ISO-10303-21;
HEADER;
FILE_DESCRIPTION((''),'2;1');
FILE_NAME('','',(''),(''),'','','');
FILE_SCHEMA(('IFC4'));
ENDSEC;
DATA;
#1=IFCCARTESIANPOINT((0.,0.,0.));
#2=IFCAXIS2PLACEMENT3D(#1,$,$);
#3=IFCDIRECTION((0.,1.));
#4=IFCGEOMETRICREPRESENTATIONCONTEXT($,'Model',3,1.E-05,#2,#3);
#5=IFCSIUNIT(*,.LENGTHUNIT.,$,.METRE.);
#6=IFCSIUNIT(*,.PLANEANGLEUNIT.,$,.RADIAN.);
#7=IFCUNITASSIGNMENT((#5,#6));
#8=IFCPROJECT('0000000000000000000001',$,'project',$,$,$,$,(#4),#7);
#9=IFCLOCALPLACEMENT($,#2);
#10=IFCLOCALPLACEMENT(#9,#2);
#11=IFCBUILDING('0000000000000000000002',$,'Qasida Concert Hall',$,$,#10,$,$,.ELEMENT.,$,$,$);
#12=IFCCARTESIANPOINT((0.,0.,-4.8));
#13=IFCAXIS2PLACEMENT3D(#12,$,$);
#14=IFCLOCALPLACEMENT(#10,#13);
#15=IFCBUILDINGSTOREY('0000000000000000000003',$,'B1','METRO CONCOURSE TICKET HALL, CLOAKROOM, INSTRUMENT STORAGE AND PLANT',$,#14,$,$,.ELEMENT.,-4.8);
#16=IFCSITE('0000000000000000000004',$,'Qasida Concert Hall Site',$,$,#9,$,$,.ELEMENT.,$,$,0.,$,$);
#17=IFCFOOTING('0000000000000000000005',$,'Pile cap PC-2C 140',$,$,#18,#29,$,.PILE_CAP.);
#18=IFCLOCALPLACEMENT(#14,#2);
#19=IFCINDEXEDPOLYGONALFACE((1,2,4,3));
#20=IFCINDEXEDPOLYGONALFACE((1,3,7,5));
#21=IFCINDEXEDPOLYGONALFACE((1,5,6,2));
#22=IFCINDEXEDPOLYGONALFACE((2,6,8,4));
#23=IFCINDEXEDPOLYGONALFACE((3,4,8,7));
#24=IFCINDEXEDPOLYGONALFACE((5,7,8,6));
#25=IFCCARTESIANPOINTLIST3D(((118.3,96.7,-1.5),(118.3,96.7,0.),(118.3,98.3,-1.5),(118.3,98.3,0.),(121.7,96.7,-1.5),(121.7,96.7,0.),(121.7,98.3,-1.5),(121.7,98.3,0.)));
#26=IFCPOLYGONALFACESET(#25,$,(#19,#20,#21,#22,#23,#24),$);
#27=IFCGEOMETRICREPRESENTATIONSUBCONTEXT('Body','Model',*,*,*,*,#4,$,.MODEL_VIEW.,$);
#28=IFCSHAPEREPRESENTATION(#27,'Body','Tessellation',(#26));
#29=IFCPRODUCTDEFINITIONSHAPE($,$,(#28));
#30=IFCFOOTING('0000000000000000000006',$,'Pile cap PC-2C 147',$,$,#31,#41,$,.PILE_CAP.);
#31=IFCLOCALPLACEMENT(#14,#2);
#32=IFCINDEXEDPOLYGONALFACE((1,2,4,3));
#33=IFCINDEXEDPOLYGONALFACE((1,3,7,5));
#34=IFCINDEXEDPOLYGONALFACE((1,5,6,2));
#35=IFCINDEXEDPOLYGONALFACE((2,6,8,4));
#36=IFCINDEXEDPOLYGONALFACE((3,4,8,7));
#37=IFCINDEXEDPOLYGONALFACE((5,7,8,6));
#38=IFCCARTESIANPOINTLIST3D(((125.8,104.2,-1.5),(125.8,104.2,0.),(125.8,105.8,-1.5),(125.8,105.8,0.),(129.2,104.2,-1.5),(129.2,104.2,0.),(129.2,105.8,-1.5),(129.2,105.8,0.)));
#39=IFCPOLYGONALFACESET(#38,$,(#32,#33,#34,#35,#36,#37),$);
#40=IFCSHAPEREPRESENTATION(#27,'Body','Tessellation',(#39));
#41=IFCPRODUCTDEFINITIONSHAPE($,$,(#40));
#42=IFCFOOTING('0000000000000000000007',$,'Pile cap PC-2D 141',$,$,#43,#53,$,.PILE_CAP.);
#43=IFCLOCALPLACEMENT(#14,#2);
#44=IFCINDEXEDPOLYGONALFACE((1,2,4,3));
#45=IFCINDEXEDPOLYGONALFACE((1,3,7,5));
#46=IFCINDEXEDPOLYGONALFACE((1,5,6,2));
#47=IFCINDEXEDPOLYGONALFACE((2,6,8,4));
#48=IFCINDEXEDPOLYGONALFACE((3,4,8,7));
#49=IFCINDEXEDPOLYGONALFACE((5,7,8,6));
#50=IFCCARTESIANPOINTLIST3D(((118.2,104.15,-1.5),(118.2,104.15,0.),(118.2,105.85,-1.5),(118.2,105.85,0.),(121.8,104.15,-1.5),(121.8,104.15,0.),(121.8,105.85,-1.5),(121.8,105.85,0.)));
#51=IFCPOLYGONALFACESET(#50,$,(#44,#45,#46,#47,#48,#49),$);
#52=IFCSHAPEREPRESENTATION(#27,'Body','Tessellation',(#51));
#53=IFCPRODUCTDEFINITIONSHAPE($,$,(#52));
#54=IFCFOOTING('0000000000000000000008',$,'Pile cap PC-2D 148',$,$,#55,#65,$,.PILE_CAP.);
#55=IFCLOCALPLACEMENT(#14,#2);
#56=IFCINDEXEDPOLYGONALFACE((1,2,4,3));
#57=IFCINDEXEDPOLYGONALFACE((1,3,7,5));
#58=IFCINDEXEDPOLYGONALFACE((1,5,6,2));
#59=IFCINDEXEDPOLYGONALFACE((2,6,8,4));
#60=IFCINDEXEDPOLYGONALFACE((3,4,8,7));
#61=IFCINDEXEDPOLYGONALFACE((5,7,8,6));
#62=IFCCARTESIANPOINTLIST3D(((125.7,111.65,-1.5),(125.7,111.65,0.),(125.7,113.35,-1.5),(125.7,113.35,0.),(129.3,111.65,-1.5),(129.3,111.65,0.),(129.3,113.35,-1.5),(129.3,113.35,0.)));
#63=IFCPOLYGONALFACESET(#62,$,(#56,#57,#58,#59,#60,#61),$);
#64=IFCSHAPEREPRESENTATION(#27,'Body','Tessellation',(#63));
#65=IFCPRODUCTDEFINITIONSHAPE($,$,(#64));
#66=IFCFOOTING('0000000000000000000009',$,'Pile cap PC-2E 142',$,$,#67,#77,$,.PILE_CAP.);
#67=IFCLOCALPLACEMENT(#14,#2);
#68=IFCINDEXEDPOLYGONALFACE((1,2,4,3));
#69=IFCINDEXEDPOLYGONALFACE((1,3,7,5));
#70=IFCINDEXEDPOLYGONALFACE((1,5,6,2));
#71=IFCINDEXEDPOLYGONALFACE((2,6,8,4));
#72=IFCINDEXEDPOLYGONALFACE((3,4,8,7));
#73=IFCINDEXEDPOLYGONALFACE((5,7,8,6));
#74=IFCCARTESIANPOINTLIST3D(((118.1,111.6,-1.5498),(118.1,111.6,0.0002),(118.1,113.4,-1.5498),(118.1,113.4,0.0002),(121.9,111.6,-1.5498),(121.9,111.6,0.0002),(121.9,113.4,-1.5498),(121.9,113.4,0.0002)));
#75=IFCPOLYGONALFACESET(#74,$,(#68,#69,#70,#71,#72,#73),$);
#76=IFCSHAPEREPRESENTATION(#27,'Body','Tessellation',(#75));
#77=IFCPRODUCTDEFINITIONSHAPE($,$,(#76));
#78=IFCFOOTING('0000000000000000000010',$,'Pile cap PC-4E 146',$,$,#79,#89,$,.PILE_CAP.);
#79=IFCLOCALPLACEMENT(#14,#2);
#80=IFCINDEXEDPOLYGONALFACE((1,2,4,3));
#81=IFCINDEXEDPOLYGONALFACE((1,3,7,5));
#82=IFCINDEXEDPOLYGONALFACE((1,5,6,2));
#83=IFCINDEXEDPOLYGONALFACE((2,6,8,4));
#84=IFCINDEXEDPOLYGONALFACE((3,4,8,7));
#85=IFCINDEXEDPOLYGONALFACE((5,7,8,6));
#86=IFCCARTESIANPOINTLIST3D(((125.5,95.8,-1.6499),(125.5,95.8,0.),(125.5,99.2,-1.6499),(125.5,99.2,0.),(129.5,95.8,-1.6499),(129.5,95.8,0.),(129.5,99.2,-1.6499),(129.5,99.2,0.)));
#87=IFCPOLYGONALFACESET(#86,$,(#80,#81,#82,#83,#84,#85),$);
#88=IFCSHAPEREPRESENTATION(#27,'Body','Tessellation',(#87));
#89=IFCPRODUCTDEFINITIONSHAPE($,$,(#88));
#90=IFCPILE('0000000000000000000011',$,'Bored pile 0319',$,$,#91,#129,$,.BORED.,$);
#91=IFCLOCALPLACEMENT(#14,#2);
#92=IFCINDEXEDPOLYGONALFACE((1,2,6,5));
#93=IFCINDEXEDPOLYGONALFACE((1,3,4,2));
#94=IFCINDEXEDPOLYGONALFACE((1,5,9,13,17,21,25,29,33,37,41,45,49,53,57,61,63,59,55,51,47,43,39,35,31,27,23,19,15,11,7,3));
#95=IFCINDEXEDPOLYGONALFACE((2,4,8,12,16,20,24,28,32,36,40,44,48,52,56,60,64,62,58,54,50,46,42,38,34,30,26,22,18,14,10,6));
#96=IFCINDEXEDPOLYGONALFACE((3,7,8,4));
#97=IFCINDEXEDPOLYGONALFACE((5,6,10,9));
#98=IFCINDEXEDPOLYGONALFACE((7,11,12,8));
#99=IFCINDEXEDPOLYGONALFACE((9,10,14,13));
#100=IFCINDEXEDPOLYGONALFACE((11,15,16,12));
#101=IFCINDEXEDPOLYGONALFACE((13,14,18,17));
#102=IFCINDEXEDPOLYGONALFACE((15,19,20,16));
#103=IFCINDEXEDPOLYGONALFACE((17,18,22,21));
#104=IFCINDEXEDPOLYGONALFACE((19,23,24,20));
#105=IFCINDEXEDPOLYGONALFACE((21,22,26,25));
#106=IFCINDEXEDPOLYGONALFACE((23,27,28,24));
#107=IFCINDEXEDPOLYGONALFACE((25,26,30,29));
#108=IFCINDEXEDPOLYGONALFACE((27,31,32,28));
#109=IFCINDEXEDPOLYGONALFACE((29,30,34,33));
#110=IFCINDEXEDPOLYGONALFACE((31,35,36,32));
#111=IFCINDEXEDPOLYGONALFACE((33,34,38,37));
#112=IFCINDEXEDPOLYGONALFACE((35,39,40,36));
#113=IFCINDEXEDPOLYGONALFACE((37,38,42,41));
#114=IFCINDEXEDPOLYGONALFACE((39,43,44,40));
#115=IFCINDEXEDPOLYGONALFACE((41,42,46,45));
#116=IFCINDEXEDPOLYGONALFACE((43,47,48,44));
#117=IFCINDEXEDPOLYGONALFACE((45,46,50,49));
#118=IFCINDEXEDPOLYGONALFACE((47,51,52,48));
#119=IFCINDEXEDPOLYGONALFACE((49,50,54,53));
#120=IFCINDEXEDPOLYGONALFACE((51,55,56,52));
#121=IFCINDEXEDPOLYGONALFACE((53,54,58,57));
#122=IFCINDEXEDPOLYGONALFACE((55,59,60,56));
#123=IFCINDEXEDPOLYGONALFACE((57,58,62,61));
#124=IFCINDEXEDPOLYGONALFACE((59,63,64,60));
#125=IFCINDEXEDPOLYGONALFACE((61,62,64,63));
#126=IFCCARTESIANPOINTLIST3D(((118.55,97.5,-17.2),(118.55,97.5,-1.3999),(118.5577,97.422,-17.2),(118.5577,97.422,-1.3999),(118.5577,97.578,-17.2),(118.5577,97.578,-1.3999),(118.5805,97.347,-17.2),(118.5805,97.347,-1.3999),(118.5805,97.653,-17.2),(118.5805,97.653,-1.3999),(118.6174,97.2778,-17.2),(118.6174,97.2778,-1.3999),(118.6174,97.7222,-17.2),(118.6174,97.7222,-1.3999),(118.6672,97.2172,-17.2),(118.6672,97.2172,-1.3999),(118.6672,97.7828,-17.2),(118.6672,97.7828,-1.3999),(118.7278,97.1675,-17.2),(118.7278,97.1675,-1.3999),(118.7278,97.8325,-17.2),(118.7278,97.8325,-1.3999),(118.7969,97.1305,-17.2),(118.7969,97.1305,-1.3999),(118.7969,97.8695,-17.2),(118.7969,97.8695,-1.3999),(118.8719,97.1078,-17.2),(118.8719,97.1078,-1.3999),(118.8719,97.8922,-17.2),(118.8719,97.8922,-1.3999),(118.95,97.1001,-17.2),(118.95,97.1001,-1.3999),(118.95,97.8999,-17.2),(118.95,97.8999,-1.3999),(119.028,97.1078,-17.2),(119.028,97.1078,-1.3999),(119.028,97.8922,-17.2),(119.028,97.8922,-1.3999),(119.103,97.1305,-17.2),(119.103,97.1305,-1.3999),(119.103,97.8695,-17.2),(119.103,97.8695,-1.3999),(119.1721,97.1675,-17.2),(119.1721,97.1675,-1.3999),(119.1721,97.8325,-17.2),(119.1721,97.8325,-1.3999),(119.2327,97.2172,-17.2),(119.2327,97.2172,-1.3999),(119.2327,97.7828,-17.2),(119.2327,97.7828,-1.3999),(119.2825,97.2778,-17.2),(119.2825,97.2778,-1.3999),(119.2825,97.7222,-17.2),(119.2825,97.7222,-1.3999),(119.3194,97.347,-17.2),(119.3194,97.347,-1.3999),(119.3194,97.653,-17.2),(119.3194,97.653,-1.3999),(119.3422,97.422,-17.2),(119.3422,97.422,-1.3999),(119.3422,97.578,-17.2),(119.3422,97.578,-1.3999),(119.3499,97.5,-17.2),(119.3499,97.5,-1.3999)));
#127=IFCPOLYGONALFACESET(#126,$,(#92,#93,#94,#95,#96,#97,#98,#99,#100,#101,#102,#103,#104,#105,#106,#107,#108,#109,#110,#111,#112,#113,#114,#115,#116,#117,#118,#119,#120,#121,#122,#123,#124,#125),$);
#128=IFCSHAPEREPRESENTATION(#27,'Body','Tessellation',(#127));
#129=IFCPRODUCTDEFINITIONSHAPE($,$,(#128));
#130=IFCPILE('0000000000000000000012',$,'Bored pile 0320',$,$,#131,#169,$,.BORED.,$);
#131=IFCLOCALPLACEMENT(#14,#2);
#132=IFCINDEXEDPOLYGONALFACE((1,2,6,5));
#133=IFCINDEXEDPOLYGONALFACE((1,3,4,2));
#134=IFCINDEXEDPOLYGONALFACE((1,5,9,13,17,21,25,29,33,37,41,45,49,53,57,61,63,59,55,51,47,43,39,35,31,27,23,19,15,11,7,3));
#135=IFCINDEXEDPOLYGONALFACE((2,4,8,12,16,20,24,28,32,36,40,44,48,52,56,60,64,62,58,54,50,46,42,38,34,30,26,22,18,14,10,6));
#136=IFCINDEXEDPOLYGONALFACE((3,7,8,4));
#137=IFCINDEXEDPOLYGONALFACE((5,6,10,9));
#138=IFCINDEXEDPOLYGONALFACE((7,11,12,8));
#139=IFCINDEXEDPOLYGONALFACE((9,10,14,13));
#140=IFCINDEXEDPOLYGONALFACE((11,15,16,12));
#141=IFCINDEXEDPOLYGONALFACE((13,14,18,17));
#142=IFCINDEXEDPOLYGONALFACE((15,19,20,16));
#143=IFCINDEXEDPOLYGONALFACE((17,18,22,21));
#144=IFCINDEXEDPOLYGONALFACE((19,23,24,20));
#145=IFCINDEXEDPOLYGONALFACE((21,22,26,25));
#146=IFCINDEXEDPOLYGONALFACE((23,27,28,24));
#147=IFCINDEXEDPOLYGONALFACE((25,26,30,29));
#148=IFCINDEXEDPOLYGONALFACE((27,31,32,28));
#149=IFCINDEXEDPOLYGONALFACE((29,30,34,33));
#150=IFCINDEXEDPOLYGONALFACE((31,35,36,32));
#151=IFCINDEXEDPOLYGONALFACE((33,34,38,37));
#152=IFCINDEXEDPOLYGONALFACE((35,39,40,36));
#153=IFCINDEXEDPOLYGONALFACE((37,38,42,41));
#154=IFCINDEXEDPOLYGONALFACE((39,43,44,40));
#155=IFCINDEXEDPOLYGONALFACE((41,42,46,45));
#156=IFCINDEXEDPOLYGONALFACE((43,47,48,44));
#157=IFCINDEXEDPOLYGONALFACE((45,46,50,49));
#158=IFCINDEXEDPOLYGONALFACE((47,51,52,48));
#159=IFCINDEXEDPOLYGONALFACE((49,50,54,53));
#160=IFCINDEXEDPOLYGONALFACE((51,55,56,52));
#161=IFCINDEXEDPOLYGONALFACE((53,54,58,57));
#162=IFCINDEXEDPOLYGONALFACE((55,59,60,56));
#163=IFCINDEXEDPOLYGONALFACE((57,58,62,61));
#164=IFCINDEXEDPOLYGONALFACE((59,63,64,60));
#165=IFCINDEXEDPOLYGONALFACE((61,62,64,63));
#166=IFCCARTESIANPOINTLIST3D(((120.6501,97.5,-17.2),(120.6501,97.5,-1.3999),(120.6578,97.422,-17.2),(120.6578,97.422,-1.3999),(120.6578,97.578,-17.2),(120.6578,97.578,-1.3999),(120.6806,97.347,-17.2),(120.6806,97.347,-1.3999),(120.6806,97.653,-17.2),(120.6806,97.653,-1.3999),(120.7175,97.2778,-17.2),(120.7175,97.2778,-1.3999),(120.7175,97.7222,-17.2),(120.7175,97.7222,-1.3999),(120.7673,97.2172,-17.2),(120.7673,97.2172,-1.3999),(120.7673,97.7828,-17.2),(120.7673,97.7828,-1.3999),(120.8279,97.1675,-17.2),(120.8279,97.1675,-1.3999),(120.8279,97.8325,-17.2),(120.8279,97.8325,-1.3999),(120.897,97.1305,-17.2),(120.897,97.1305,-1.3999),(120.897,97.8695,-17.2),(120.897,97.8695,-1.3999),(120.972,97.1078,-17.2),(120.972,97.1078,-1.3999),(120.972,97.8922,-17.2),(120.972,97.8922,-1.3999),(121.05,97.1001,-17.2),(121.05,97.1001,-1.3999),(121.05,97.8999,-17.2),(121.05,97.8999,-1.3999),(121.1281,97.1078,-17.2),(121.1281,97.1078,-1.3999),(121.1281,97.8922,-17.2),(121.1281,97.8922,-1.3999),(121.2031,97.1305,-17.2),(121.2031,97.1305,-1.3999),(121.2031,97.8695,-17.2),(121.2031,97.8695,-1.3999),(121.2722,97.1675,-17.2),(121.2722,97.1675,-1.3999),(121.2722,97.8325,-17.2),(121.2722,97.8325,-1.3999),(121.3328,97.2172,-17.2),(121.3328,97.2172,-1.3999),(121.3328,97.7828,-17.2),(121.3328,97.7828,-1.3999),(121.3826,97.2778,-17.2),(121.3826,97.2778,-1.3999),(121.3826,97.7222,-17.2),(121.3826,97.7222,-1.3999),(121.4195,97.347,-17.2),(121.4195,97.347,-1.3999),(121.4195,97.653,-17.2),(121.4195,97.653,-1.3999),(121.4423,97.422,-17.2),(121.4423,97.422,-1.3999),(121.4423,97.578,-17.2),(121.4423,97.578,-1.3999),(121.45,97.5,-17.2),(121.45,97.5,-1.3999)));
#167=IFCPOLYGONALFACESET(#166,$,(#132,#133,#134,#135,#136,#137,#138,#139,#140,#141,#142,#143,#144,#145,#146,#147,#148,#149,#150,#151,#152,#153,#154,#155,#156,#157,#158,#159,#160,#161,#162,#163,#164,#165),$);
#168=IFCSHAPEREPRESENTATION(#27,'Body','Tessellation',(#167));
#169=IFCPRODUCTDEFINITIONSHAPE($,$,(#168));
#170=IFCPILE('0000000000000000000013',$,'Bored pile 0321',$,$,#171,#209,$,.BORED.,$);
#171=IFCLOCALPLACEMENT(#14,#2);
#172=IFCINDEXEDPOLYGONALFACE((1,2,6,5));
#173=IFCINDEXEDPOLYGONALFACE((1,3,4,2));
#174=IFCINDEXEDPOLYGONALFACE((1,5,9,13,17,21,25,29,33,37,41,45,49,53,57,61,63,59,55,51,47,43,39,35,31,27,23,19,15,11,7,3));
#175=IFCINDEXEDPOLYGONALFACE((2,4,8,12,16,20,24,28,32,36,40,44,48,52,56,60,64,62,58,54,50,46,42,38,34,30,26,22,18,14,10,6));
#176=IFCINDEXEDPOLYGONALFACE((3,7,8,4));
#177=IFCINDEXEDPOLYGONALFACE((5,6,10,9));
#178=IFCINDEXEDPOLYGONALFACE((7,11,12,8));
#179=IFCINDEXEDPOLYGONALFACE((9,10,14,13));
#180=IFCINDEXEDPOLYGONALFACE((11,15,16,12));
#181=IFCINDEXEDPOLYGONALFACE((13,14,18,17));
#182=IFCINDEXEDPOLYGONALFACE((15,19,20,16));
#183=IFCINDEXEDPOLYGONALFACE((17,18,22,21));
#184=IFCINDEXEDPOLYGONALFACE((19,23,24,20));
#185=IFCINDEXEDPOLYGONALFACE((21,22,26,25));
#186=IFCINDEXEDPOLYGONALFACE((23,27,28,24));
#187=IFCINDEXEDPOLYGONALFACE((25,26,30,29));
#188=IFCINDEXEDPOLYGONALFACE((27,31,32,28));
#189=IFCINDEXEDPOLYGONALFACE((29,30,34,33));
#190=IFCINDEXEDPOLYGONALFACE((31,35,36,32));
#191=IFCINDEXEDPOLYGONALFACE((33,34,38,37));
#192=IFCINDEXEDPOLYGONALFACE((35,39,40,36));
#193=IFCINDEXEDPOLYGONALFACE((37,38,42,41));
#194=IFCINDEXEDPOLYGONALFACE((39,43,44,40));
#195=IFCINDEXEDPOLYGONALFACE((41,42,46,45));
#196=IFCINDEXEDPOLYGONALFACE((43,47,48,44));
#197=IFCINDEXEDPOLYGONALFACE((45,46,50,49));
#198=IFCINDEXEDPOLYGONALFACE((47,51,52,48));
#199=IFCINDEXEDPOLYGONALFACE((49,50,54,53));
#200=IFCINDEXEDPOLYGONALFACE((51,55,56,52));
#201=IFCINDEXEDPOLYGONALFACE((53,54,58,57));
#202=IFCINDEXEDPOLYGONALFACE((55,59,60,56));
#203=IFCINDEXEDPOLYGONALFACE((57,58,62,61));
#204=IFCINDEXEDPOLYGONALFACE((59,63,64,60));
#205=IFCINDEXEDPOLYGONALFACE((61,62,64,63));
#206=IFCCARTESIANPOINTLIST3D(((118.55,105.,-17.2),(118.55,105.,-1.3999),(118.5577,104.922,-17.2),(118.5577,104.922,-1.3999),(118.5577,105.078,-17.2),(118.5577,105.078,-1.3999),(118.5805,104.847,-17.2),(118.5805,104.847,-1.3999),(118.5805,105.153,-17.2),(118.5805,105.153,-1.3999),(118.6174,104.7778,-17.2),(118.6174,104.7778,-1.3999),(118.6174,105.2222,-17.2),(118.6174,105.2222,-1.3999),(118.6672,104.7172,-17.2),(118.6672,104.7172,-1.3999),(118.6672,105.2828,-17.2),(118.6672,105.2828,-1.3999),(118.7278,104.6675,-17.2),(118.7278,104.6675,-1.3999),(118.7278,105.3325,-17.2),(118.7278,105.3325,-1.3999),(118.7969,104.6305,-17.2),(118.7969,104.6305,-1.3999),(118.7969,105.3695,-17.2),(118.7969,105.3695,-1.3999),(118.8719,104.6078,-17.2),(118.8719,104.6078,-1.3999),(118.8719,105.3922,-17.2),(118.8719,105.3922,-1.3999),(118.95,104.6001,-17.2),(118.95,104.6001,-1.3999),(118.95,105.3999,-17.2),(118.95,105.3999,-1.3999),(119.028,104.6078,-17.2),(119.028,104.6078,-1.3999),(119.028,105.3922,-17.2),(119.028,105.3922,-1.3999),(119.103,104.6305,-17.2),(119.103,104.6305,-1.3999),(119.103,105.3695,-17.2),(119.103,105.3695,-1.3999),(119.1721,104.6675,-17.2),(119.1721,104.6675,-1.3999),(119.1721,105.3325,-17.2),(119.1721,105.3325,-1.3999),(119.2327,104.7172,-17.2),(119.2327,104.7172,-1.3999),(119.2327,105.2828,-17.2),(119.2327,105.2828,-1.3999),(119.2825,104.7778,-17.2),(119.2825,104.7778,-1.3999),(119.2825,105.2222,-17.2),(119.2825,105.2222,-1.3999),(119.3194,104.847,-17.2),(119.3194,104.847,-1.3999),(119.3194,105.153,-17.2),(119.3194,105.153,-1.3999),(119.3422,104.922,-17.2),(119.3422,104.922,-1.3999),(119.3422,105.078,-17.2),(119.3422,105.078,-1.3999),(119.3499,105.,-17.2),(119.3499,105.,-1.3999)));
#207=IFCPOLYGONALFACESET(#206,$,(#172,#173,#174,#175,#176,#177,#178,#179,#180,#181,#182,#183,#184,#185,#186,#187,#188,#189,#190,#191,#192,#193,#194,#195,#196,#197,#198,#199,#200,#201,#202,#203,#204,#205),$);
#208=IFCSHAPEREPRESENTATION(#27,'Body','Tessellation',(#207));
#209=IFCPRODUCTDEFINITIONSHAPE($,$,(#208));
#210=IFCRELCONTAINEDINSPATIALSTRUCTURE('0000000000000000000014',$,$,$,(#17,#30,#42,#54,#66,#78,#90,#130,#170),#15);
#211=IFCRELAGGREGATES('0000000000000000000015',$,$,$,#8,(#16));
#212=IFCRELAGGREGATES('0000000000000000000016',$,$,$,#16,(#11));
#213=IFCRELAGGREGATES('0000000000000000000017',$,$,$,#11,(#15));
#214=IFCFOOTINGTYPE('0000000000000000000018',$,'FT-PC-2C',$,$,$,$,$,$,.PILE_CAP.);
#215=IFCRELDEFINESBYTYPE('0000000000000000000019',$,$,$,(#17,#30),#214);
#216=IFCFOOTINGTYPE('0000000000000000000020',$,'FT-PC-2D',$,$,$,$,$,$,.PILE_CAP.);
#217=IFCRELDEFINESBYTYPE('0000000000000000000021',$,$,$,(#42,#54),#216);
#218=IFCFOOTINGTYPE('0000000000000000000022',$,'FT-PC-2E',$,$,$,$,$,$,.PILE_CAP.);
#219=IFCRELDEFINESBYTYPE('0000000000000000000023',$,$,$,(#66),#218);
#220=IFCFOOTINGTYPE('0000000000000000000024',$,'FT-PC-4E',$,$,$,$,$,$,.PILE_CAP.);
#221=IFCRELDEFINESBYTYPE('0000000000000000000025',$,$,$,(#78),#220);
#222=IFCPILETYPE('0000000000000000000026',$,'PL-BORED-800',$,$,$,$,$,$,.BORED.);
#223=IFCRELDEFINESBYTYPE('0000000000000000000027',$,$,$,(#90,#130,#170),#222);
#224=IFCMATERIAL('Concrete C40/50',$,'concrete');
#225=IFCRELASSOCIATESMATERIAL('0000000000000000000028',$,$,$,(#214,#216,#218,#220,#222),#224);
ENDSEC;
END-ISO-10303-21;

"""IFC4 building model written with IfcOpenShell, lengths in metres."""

from ifc_helpers import new_model, si_unit, direction, frame, origin, origin_2d, place, context, subcontext, project, spatial, rectangle, circle, extrude, material, material_profile, profile_set, type_object, element, save


model = new_model("IFC4")

# Units and contexts
model_context = context("Model", 3, precision=1e-05, world=origin(), true_north=direction((0.0, 1.0)))
body_context = subcontext(model_context, "Body", "Model", "MODEL_VIEW")
ifc_project = project(units=[si_unit("LENGTHUNIT", "METRE"), si_unit("PLANEANGLEUNIT", "RADIAN")], contexts=[model_context])

# Site, building, storey
site_placement = place(None, origin())
site = spatial("IfcSite", under=ifc_project, at=site_placement, Name="Qasida Concert Hall Site", CompositionType="ELEMENT", RefElevation=0.0)
building_placement = place(site_placement, origin())
building = spatial("IfcBuilding", under=site, at=building_placement, Name="Qasida Concert Hall", CompositionType="ELEMENT")
storey_placement = place(building_placement, frame((0.0, 0.0, -4.8)))
storey = spatial("IfcBuildingStorey", under=building, at=storey_placement, Name="B1", Description="METRO CONCOURSE TICKET HALL, CLOAKROOM, INSTRUMENT STORAGE AND PLANT", CompositionType="ELEMENT", Elevation=-4.8)

# Footings
ifc_material_1 = material(Name="Concrete C40/50", Category="concrete")
footing_type_1 = type_object("IfcFootingType", Name="FT-PC-2C", PredefinedType="PILE_CAP", material=ifc_material_1)
for number, where, z_axis, x_axis, name in (
    (1, (120.0, 97.5, -1.5), (0.0, 0.0, 1.0), (1.0, 0.0, 0.0), "Pile cap PC-2C 140"),
    (2, (127.5, 105.0, -1.5), (0.0, 0.0, 1.0), (1.0, 0.0, 0.0), "Pile cap PC-2C 147"),
):
    element("IfcFooting", number, at=place(storey_placement, frame(where, z_axis=z_axis, x_axis=x_axis)), inside=storey, type_object=footing_type_1, Name=name, PredefinedType="PILE_CAP", context=body_context, shape_type="SweptSolid", body=[
        extrude(rectangle(XDim=3.3999, YDim=1.6001, at=origin_2d()), origin(), (0.0, 0.0, 1.0), 1.5),
    ])
footing_type_2 = type_object("IfcFootingType", Name="FT-PC-2D", PredefinedType="PILE_CAP", material=ifc_material_1)
for number, where, z_axis, x_axis, name in (
    (3, (120.0, 105.0, -1.5), (0.0, 0.0, 1.0), (1.0, 0.0, 0.0), "Pile cap PC-2D 141"),
    (4, (127.5, 112.5, -1.5), (0.0, 0.0, 1.0), (1.0, 0.0, 0.0), "Pile cap PC-2D 148"),
):
    element("IfcFooting", number, at=place(storey_placement, frame(where, z_axis=z_axis, x_axis=x_axis)), inside=storey, type_object=footing_type_2, Name=name, PredefinedType="PILE_CAP", context=body_context, shape_type="SweptSolid", body=[
        extrude(rectangle(XDim=3.6001, YDim=1.7, at=origin_2d()), origin(), (0.0, 0.0, 1.0), 1.5),
    ])
footing_type_3 = type_object("IfcFootingType", Name="FT-PC-2E", PredefinedType="PILE_CAP", material=ifc_material_1)
footing_1_placement = place(storey_placement, frame((120.0, 112.5, -1.5498), z_axis=(0.0, 0.0, 1.0), x_axis=(1.0, 0.0, 0.0)))
element("IfcFooting", 5, at=footing_1_placement, inside=storey, type_object=footing_type_3, Name="Pile cap PC-2E 142", PredefinedType="PILE_CAP", context=body_context, shape_type="SweptSolid", body=[
    extrude(rectangle(XDim=3.8, YDim=1.8, at=origin_2d()), origin(), (0.0, 0.0, 1.0), 1.55),
])
footing_type_4 = type_object("IfcFootingType", Name="FT-PC-4E", PredefinedType="PILE_CAP", material=ifc_material_1)
footing_2_placement = place(storey_placement, frame((127.5, 97.5, -1.6499), z_axis=(0.0, 0.0, 1.0), x_axis=(1.0, 0.0, 0.0)))
element("IfcFooting", 6, at=footing_2_placement, inside=storey, type_object=footing_type_4, Name="Pile cap PC-4E 146", PredefinedType="PILE_CAP", context=body_context, shape_type="SweptSolid", body=[
    extrude(rectangle(XDim=4.0, YDim=3.3999, at=origin_2d()), origin(), (0.0, 0.0, 1.0), 1.6499),
])

# Piles
ifc_material_profile_1 = material_profile(ifc_material_1, circle(Radius=0.3999, at=origin_2d()), Name="BORED PILE D800")
ifc_profile_set_1 = profile_set([ifc_material_profile_1], Name="Concrete C40/50")
pile_type = type_object("IfcPileType", Name="PL-BORED-800", PredefinedType="BORED", material=ifc_profile_set_1)
for number, where, z_axis, x_axis, name in (
    (7, (118.95, 97.5, -1.3999), (0.0, 0.0, -1.0), (1.0, 0.0, 0.0), "Bored pile 0319"),
    (8, (121.05, 97.5, -1.3999), (0.0, 0.0, -1.0), (1.0, 0.0, 0.0), "Bored pile 0320"),
    (9, (118.95, 105.0, -1.3999), (0.0, 0.0, -1.0), (1.0, 0.0, 0.0), "Bored pile 0321"),
):
    element("IfcPile", number, at=place(storey_placement, frame(where, z_axis=z_axis, x_axis=x_axis)), inside=storey, type_object=pile_type, Name=name, PredefinedType="BORED", context=body_context, shape_type="SweptSolid", body=[
        extrude(circle(Radius=0.3999, at=origin_2d()), origin(), (0.0, 0.0, 1.0), 15.8),
    ])

save(model, "model.ifc")
